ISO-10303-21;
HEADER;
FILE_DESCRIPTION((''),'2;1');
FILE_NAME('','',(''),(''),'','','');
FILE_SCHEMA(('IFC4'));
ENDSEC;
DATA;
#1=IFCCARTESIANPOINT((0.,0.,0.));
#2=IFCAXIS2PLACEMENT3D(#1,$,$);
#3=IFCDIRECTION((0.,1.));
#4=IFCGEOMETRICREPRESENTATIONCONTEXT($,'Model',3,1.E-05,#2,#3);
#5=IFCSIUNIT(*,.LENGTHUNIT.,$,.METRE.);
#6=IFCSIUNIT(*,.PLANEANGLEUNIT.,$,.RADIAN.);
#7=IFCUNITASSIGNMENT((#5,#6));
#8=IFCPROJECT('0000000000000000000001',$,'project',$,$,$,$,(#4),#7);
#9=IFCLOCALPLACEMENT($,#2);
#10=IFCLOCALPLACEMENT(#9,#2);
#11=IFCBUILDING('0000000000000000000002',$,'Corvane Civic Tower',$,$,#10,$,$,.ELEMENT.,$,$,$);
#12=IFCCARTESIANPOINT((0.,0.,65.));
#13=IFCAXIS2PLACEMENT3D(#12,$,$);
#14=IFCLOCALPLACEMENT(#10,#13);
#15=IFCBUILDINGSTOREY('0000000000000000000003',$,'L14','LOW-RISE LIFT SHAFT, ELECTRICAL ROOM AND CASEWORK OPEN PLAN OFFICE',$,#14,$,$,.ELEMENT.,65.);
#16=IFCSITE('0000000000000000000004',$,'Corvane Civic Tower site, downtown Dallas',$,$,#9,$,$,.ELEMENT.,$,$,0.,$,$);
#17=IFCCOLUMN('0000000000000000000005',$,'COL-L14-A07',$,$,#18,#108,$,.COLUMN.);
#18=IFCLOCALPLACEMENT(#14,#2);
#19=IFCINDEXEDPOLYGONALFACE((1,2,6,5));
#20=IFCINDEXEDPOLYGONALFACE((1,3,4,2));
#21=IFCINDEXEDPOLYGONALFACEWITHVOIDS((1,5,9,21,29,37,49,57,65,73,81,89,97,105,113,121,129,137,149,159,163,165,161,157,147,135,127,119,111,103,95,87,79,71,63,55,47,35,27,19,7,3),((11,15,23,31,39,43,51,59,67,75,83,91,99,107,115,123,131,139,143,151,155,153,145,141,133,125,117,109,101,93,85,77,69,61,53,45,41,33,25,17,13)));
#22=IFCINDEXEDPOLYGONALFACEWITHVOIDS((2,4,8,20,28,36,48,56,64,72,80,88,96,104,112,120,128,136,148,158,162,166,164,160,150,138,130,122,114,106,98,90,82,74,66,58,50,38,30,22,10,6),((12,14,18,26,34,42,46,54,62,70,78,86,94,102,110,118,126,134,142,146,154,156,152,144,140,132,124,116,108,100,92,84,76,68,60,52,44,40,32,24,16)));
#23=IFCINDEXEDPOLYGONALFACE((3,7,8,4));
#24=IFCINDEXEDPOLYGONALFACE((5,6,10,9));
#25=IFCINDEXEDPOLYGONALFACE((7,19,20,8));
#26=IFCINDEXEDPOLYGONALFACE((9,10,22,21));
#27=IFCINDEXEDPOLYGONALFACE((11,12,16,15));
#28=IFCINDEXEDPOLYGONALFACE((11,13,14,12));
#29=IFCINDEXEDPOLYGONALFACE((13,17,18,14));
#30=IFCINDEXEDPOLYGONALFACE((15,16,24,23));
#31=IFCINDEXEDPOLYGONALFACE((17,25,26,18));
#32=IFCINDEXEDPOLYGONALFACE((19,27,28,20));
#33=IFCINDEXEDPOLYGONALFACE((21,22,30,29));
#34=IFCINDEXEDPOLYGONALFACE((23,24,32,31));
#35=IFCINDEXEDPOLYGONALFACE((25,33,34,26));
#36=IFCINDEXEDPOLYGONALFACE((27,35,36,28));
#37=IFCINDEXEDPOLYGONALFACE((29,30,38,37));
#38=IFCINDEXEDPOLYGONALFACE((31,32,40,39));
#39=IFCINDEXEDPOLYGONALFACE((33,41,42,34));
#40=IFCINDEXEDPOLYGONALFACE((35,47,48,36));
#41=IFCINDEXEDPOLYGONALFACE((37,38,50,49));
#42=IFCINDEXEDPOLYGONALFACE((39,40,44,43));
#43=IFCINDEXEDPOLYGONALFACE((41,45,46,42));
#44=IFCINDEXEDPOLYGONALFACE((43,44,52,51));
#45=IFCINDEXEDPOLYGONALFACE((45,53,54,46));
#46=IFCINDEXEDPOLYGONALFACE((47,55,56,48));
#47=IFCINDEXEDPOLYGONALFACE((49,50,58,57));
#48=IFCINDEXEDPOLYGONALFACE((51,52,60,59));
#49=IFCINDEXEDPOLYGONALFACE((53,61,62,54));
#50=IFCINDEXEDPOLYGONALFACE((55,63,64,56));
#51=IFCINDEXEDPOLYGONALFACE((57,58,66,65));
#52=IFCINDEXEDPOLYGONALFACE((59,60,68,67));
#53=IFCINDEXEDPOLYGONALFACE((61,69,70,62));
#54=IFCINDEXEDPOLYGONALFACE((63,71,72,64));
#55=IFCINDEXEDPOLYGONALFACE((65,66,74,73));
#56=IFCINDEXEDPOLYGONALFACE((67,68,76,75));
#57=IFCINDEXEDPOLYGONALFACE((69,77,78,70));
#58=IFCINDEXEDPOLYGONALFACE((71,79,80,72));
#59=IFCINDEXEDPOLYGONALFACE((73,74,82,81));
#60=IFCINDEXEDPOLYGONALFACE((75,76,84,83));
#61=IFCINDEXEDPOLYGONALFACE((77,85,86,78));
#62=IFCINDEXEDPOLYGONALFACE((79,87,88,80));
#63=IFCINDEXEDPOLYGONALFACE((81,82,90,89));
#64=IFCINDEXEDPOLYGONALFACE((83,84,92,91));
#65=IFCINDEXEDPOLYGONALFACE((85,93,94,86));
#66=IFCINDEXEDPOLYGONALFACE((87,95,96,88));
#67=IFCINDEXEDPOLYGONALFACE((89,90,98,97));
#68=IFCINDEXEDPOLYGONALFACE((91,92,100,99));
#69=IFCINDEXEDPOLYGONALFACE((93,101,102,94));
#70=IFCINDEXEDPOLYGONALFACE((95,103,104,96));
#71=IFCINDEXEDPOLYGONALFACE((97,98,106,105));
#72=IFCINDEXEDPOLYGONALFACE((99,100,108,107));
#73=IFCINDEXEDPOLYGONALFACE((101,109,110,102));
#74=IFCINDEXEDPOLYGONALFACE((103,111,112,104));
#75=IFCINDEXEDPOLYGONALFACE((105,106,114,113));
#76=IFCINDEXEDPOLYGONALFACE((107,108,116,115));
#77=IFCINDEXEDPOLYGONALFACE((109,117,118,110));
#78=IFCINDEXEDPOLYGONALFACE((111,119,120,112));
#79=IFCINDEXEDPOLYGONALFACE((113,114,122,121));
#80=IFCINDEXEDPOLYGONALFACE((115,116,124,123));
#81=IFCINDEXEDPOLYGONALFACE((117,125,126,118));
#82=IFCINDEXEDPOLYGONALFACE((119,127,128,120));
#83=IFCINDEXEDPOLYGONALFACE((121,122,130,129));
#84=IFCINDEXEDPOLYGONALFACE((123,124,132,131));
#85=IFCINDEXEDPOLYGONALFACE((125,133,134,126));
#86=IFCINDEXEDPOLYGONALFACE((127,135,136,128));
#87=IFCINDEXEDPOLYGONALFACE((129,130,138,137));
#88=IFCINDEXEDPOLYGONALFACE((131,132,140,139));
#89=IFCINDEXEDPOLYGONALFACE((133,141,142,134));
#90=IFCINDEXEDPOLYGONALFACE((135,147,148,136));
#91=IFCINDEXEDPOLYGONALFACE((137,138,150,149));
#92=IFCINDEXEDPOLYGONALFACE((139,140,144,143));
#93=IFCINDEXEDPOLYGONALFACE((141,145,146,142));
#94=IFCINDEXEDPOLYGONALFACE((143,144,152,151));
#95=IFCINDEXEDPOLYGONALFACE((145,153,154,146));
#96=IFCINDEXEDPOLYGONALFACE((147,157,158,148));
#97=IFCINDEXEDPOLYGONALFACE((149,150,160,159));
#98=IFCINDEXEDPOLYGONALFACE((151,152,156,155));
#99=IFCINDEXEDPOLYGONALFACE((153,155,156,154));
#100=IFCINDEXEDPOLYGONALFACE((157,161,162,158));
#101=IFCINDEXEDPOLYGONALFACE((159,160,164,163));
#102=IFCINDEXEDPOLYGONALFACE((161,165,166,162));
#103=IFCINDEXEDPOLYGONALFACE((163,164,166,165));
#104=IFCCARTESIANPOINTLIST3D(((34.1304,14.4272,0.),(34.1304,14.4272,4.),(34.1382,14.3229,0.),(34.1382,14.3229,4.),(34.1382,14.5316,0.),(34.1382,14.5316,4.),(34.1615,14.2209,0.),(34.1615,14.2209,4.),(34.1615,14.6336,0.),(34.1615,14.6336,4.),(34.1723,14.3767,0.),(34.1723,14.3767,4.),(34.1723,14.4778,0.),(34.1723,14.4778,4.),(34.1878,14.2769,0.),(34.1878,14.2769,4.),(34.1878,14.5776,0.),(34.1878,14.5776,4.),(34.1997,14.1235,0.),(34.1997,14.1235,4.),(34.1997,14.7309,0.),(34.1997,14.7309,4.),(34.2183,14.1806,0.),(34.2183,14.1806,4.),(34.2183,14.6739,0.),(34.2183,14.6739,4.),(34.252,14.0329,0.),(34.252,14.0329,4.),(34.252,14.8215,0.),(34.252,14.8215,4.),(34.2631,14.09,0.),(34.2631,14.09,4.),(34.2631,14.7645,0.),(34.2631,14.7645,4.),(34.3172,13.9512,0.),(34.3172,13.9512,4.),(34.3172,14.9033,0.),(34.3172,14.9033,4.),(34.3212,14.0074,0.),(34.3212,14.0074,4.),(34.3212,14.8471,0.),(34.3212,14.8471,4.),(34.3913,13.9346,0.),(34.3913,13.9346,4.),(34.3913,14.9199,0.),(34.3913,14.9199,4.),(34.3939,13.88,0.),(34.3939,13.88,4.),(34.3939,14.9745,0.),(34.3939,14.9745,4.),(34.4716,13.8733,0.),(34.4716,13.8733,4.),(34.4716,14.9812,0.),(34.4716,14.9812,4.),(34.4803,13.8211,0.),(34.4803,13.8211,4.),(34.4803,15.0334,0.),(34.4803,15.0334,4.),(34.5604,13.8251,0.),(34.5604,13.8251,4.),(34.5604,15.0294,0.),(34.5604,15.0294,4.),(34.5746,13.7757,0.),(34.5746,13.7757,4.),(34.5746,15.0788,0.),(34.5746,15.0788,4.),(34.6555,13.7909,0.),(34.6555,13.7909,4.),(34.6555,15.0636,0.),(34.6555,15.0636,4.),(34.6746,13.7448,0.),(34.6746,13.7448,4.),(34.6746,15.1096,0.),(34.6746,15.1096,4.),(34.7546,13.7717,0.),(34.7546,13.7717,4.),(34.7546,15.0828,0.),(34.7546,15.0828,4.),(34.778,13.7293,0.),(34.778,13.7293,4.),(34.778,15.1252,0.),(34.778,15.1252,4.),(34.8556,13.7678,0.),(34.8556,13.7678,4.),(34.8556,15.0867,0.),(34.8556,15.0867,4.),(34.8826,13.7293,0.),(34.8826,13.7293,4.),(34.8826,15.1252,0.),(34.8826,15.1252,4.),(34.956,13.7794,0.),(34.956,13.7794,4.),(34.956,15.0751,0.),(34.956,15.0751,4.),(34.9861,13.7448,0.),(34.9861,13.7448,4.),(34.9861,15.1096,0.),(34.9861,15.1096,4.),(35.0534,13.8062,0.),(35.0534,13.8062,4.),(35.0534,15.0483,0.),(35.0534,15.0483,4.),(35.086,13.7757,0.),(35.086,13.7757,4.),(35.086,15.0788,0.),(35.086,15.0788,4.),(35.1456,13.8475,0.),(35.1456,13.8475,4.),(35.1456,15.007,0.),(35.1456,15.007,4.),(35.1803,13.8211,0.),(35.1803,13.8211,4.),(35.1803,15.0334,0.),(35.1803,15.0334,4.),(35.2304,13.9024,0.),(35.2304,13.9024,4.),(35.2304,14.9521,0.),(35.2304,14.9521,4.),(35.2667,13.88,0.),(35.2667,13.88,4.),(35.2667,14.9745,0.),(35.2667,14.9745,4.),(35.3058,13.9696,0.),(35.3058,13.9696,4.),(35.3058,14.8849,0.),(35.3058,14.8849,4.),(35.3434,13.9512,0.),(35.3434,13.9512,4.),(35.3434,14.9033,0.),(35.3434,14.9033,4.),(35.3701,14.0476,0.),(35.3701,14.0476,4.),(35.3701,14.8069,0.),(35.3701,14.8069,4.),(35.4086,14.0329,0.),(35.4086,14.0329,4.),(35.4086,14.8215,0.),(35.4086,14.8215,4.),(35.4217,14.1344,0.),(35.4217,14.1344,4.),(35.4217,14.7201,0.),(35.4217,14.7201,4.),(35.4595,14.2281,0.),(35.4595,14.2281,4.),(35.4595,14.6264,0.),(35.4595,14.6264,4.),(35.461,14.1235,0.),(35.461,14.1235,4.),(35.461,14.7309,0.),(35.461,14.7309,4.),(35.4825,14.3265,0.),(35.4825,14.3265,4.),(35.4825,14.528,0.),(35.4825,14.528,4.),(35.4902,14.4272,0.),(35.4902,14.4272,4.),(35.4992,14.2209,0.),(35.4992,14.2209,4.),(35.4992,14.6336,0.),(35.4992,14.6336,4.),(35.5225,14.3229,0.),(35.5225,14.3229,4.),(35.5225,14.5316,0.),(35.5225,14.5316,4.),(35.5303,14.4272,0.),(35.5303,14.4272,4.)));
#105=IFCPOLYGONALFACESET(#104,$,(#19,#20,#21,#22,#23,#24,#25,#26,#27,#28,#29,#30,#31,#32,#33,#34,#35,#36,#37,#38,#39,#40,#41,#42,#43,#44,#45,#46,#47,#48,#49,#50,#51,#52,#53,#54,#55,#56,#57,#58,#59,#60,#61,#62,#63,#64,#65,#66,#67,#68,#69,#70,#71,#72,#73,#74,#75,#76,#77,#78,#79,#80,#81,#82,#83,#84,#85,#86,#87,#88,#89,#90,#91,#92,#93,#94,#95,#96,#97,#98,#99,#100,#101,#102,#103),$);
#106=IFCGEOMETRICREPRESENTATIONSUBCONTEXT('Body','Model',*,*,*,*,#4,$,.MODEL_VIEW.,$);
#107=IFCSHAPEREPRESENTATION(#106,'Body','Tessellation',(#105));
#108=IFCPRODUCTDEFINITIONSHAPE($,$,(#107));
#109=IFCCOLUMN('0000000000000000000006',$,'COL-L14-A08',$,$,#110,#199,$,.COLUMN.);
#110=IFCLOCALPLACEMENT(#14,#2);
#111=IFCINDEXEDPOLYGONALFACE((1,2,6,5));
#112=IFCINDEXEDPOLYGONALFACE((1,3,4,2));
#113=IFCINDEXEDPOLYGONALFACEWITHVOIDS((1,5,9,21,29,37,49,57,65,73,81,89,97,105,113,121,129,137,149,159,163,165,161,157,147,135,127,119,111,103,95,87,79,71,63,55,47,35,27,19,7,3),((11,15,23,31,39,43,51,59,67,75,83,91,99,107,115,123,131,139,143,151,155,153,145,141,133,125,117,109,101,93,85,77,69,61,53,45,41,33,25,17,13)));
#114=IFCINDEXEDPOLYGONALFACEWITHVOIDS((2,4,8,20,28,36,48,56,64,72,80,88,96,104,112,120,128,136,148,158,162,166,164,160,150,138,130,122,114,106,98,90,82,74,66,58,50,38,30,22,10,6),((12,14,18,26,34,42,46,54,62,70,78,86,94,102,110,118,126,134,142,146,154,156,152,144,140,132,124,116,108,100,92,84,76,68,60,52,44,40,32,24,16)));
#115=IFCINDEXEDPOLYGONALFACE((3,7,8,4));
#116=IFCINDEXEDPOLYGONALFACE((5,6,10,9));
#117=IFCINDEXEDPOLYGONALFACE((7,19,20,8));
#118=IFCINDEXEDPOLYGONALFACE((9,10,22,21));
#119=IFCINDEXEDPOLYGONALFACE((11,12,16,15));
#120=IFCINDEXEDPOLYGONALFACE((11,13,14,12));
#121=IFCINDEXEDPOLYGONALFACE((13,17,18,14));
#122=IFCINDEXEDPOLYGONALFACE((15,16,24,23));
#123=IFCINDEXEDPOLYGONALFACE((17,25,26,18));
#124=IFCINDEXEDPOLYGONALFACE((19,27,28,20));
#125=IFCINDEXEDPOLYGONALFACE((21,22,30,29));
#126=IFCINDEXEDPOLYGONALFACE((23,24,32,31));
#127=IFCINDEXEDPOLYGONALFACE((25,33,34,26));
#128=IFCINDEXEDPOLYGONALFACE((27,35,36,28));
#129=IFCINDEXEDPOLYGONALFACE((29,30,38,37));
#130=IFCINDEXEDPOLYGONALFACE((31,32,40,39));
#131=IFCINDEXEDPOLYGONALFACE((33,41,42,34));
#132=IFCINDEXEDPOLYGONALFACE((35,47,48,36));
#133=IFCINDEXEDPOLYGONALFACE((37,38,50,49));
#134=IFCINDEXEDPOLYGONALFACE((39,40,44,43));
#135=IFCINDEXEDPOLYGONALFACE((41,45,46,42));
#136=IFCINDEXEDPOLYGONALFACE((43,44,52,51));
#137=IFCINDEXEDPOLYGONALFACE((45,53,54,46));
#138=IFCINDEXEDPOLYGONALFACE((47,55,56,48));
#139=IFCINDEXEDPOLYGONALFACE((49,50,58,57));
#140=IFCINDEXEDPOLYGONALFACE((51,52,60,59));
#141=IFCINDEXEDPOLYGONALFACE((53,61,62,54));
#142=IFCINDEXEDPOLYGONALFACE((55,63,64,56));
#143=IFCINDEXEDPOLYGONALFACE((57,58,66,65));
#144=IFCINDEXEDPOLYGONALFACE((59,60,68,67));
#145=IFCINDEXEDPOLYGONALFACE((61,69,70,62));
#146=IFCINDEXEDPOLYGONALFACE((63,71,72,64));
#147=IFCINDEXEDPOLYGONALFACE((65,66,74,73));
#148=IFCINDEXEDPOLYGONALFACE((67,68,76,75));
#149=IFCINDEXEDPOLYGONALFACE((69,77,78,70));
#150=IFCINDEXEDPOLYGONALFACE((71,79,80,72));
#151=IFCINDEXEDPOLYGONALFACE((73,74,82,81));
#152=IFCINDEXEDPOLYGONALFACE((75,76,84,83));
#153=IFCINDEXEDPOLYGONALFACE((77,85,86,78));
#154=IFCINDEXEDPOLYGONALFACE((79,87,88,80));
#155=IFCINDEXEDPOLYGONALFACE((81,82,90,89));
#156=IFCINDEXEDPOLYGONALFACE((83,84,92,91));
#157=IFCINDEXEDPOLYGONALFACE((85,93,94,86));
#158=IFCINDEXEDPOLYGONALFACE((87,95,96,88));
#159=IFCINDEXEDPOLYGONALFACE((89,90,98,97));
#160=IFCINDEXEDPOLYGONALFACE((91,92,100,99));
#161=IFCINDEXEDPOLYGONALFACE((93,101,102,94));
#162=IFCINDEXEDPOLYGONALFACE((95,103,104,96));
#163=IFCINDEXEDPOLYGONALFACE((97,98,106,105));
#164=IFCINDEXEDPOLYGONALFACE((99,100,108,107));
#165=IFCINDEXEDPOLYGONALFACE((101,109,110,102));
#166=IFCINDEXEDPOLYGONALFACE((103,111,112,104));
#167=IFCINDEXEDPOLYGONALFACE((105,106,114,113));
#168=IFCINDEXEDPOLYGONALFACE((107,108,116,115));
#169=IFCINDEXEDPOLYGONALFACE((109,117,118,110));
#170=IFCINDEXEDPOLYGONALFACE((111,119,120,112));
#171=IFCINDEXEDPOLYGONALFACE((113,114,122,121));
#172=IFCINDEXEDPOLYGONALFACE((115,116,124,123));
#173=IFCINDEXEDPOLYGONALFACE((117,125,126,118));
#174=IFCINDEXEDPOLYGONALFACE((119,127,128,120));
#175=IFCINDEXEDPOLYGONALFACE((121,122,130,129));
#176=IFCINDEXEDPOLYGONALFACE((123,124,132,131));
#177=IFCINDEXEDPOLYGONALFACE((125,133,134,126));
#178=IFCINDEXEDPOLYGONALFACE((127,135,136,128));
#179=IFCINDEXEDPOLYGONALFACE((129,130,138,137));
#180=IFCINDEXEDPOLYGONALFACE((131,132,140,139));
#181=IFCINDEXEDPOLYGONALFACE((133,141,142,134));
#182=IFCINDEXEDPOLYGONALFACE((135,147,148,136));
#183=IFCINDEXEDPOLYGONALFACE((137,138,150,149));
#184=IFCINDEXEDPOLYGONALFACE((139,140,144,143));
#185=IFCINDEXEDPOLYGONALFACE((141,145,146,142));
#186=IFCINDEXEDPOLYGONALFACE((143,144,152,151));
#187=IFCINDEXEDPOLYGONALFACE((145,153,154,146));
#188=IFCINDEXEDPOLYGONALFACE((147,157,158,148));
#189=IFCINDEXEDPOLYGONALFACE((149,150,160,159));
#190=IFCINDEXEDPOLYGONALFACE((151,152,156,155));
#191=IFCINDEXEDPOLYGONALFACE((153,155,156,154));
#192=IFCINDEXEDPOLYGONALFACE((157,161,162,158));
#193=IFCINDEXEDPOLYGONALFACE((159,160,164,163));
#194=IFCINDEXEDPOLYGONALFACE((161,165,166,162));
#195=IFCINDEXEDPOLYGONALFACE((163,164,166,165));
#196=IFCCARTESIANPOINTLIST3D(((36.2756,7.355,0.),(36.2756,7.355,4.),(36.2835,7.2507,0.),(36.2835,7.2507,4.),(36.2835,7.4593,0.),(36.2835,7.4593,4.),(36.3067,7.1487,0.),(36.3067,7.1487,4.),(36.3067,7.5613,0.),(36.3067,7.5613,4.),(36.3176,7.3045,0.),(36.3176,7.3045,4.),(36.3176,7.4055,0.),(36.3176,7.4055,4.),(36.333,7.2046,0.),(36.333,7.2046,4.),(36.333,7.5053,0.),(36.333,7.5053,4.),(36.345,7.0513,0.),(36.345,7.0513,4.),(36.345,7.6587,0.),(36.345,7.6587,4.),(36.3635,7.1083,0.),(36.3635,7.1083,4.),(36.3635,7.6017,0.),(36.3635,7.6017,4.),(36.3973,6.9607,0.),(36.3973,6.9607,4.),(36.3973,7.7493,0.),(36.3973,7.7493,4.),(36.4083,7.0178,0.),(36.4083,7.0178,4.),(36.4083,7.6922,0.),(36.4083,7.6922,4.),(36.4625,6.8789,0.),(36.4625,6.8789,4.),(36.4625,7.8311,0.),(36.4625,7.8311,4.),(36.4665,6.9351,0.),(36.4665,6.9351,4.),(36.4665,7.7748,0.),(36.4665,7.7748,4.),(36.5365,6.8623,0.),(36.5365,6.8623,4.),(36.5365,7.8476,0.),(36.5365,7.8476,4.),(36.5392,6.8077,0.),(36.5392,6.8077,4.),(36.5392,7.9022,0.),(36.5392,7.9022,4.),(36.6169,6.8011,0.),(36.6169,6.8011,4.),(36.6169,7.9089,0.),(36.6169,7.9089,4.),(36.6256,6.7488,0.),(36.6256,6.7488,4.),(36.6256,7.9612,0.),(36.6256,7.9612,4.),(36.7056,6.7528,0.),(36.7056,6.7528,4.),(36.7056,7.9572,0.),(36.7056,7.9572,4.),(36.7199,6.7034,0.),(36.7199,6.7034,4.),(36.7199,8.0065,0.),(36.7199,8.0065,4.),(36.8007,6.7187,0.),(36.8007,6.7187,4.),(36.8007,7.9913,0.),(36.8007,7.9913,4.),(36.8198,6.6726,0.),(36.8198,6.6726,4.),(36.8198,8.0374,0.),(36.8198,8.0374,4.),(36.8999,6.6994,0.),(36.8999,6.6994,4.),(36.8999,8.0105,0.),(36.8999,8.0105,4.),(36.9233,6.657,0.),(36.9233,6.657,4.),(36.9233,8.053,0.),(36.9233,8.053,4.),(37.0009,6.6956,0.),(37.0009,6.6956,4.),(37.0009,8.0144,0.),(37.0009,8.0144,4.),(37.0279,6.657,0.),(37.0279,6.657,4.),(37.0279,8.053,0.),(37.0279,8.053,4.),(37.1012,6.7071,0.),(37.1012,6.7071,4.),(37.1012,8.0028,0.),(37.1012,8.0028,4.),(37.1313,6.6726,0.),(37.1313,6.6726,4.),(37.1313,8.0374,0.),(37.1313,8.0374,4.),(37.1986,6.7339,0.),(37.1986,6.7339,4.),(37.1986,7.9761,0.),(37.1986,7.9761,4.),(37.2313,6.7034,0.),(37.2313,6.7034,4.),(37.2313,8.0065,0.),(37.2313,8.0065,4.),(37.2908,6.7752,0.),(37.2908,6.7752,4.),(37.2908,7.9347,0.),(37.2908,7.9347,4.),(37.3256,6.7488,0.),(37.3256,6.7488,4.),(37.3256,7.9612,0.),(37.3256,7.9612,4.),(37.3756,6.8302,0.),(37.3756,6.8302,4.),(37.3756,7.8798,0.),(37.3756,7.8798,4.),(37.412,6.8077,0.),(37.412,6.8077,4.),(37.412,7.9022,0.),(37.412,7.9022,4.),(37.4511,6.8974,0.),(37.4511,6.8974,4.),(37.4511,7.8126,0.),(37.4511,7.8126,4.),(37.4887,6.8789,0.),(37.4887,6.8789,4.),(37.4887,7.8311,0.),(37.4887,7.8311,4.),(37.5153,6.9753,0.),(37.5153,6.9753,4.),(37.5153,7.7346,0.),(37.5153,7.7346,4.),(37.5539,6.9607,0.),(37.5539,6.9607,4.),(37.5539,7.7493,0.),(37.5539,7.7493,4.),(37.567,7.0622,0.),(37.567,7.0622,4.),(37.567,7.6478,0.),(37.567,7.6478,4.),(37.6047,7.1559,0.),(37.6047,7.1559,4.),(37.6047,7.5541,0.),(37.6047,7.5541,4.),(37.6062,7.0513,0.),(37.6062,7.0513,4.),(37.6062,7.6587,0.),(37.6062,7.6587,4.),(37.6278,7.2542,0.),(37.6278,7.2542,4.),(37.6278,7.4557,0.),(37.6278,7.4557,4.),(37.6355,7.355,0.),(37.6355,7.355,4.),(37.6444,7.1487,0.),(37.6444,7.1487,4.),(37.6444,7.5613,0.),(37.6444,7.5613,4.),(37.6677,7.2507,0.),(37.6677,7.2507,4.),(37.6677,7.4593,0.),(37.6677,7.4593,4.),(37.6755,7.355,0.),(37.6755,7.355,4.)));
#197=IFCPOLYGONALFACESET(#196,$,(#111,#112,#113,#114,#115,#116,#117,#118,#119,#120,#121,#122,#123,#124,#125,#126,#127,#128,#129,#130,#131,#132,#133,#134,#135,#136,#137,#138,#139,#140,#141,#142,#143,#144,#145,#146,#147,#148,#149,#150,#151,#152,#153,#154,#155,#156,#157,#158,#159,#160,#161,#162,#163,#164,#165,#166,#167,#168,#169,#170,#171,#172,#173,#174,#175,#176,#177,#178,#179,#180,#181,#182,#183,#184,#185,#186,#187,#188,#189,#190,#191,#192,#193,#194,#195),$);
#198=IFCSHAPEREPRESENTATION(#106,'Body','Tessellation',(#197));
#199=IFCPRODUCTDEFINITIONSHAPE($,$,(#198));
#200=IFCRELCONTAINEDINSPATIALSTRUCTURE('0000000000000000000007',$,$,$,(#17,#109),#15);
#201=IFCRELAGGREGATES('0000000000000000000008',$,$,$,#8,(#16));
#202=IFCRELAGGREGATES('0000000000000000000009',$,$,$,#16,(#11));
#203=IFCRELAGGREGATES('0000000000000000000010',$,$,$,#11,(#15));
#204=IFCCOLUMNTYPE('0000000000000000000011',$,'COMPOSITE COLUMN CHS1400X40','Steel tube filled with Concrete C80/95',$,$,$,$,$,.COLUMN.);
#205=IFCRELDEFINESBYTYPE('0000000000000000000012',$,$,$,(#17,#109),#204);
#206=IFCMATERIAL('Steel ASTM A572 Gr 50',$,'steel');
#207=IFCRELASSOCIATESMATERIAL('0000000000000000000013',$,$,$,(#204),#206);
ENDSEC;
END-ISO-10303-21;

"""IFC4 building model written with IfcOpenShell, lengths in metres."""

from ifc_helpers import new_model, si_unit, direction, frame, origin, origin_2d, place, context, subcontext, project, spatial, hollow_circle, extrude, material, material_profile, profile_set, type_object, element, save


model = new_model("IFC4")

# Units and contexts
model_context = context("Model", 3, precision=1e-05, world=origin(), true_north=direction((0.0, 1.0)))
body_context = subcontext(model_context, "Body", "Model", "MODEL_VIEW")
ifc_project = project(units=[si_unit("LENGTHUNIT", "METRE"), si_unit("PLANEANGLEUNIT", "RADIAN")], contexts=[model_context])

# Site, building, storey
site_placement = place(None, origin())
site = spatial("IfcSite", under=ifc_project, at=site_placement, Name="Corvane Civic Tower site, downtown Dallas", CompositionType="ELEMENT", RefElevation=0.0)
building_placement = place(site_placement, origin())
building = spatial("IfcBuilding", under=site, at=building_placement, Name="Corvane Civic Tower", CompositionType="ELEMENT")
storey_placement = place(building_placement, frame((0.0, 0.0, 65.0)))
storey = spatial("IfcBuildingStorey", under=building, at=storey_placement, Name="L14", Description="LOW-RISE LIFT SHAFT, ELECTRICAL ROOM AND CASEWORK OPEN PLAN OFFICE", CompositionType="ELEMENT", Elevation=65.0)

# Columns
ifc_material_1 = material(Name="Steel ASTM A572 Gr 50", Category="steel")
ifc_material_profile_1 = material_profile(ifc_material_1, hollow_circle(Radius=0.7, WallThickness=0.04, at=origin_2d()), Name="CHS1400X40")
ifc_profile_set_1 = profile_set([ifc_material_profile_1], Name="Steel ASTM A572 Gr 50")
column_type = type_object("IfcColumnType", Name="COMPOSITE COLUMN CHS1400X40", Description="Steel tube filled with Concrete C80/95", PredefinedType="COLUMN", material=ifc_profile_set_1)
for number, where, z_axis, x_axis, name in (
    (1, (34.8303, 14.4272, 0.0), (0.0, 0.0, 1.0), (1.0, 0.0, 0.0), "COL-L14-A07"),
    (2, (36.9756, 7.355, 0.0), (0.0, 0.0, 1.0), (1.0, 0.0, 0.0), "COL-L14-A08"),
):
    element("IfcColumn", number, at=place(storey_placement, frame(where, z_axis=z_axis, x_axis=x_axis)), inside=storey, type_object=column_type, Name=name, PredefinedType="COLUMN", context=body_context, shape_type="SweptSolid", body=[
        extrude(hollow_circle(Radius=0.7, WallThickness=0.04, at=origin_2d()), origin(), (0.0, 0.0, 1.0), 4.0),
    ])

save(model, "model.ifc")
